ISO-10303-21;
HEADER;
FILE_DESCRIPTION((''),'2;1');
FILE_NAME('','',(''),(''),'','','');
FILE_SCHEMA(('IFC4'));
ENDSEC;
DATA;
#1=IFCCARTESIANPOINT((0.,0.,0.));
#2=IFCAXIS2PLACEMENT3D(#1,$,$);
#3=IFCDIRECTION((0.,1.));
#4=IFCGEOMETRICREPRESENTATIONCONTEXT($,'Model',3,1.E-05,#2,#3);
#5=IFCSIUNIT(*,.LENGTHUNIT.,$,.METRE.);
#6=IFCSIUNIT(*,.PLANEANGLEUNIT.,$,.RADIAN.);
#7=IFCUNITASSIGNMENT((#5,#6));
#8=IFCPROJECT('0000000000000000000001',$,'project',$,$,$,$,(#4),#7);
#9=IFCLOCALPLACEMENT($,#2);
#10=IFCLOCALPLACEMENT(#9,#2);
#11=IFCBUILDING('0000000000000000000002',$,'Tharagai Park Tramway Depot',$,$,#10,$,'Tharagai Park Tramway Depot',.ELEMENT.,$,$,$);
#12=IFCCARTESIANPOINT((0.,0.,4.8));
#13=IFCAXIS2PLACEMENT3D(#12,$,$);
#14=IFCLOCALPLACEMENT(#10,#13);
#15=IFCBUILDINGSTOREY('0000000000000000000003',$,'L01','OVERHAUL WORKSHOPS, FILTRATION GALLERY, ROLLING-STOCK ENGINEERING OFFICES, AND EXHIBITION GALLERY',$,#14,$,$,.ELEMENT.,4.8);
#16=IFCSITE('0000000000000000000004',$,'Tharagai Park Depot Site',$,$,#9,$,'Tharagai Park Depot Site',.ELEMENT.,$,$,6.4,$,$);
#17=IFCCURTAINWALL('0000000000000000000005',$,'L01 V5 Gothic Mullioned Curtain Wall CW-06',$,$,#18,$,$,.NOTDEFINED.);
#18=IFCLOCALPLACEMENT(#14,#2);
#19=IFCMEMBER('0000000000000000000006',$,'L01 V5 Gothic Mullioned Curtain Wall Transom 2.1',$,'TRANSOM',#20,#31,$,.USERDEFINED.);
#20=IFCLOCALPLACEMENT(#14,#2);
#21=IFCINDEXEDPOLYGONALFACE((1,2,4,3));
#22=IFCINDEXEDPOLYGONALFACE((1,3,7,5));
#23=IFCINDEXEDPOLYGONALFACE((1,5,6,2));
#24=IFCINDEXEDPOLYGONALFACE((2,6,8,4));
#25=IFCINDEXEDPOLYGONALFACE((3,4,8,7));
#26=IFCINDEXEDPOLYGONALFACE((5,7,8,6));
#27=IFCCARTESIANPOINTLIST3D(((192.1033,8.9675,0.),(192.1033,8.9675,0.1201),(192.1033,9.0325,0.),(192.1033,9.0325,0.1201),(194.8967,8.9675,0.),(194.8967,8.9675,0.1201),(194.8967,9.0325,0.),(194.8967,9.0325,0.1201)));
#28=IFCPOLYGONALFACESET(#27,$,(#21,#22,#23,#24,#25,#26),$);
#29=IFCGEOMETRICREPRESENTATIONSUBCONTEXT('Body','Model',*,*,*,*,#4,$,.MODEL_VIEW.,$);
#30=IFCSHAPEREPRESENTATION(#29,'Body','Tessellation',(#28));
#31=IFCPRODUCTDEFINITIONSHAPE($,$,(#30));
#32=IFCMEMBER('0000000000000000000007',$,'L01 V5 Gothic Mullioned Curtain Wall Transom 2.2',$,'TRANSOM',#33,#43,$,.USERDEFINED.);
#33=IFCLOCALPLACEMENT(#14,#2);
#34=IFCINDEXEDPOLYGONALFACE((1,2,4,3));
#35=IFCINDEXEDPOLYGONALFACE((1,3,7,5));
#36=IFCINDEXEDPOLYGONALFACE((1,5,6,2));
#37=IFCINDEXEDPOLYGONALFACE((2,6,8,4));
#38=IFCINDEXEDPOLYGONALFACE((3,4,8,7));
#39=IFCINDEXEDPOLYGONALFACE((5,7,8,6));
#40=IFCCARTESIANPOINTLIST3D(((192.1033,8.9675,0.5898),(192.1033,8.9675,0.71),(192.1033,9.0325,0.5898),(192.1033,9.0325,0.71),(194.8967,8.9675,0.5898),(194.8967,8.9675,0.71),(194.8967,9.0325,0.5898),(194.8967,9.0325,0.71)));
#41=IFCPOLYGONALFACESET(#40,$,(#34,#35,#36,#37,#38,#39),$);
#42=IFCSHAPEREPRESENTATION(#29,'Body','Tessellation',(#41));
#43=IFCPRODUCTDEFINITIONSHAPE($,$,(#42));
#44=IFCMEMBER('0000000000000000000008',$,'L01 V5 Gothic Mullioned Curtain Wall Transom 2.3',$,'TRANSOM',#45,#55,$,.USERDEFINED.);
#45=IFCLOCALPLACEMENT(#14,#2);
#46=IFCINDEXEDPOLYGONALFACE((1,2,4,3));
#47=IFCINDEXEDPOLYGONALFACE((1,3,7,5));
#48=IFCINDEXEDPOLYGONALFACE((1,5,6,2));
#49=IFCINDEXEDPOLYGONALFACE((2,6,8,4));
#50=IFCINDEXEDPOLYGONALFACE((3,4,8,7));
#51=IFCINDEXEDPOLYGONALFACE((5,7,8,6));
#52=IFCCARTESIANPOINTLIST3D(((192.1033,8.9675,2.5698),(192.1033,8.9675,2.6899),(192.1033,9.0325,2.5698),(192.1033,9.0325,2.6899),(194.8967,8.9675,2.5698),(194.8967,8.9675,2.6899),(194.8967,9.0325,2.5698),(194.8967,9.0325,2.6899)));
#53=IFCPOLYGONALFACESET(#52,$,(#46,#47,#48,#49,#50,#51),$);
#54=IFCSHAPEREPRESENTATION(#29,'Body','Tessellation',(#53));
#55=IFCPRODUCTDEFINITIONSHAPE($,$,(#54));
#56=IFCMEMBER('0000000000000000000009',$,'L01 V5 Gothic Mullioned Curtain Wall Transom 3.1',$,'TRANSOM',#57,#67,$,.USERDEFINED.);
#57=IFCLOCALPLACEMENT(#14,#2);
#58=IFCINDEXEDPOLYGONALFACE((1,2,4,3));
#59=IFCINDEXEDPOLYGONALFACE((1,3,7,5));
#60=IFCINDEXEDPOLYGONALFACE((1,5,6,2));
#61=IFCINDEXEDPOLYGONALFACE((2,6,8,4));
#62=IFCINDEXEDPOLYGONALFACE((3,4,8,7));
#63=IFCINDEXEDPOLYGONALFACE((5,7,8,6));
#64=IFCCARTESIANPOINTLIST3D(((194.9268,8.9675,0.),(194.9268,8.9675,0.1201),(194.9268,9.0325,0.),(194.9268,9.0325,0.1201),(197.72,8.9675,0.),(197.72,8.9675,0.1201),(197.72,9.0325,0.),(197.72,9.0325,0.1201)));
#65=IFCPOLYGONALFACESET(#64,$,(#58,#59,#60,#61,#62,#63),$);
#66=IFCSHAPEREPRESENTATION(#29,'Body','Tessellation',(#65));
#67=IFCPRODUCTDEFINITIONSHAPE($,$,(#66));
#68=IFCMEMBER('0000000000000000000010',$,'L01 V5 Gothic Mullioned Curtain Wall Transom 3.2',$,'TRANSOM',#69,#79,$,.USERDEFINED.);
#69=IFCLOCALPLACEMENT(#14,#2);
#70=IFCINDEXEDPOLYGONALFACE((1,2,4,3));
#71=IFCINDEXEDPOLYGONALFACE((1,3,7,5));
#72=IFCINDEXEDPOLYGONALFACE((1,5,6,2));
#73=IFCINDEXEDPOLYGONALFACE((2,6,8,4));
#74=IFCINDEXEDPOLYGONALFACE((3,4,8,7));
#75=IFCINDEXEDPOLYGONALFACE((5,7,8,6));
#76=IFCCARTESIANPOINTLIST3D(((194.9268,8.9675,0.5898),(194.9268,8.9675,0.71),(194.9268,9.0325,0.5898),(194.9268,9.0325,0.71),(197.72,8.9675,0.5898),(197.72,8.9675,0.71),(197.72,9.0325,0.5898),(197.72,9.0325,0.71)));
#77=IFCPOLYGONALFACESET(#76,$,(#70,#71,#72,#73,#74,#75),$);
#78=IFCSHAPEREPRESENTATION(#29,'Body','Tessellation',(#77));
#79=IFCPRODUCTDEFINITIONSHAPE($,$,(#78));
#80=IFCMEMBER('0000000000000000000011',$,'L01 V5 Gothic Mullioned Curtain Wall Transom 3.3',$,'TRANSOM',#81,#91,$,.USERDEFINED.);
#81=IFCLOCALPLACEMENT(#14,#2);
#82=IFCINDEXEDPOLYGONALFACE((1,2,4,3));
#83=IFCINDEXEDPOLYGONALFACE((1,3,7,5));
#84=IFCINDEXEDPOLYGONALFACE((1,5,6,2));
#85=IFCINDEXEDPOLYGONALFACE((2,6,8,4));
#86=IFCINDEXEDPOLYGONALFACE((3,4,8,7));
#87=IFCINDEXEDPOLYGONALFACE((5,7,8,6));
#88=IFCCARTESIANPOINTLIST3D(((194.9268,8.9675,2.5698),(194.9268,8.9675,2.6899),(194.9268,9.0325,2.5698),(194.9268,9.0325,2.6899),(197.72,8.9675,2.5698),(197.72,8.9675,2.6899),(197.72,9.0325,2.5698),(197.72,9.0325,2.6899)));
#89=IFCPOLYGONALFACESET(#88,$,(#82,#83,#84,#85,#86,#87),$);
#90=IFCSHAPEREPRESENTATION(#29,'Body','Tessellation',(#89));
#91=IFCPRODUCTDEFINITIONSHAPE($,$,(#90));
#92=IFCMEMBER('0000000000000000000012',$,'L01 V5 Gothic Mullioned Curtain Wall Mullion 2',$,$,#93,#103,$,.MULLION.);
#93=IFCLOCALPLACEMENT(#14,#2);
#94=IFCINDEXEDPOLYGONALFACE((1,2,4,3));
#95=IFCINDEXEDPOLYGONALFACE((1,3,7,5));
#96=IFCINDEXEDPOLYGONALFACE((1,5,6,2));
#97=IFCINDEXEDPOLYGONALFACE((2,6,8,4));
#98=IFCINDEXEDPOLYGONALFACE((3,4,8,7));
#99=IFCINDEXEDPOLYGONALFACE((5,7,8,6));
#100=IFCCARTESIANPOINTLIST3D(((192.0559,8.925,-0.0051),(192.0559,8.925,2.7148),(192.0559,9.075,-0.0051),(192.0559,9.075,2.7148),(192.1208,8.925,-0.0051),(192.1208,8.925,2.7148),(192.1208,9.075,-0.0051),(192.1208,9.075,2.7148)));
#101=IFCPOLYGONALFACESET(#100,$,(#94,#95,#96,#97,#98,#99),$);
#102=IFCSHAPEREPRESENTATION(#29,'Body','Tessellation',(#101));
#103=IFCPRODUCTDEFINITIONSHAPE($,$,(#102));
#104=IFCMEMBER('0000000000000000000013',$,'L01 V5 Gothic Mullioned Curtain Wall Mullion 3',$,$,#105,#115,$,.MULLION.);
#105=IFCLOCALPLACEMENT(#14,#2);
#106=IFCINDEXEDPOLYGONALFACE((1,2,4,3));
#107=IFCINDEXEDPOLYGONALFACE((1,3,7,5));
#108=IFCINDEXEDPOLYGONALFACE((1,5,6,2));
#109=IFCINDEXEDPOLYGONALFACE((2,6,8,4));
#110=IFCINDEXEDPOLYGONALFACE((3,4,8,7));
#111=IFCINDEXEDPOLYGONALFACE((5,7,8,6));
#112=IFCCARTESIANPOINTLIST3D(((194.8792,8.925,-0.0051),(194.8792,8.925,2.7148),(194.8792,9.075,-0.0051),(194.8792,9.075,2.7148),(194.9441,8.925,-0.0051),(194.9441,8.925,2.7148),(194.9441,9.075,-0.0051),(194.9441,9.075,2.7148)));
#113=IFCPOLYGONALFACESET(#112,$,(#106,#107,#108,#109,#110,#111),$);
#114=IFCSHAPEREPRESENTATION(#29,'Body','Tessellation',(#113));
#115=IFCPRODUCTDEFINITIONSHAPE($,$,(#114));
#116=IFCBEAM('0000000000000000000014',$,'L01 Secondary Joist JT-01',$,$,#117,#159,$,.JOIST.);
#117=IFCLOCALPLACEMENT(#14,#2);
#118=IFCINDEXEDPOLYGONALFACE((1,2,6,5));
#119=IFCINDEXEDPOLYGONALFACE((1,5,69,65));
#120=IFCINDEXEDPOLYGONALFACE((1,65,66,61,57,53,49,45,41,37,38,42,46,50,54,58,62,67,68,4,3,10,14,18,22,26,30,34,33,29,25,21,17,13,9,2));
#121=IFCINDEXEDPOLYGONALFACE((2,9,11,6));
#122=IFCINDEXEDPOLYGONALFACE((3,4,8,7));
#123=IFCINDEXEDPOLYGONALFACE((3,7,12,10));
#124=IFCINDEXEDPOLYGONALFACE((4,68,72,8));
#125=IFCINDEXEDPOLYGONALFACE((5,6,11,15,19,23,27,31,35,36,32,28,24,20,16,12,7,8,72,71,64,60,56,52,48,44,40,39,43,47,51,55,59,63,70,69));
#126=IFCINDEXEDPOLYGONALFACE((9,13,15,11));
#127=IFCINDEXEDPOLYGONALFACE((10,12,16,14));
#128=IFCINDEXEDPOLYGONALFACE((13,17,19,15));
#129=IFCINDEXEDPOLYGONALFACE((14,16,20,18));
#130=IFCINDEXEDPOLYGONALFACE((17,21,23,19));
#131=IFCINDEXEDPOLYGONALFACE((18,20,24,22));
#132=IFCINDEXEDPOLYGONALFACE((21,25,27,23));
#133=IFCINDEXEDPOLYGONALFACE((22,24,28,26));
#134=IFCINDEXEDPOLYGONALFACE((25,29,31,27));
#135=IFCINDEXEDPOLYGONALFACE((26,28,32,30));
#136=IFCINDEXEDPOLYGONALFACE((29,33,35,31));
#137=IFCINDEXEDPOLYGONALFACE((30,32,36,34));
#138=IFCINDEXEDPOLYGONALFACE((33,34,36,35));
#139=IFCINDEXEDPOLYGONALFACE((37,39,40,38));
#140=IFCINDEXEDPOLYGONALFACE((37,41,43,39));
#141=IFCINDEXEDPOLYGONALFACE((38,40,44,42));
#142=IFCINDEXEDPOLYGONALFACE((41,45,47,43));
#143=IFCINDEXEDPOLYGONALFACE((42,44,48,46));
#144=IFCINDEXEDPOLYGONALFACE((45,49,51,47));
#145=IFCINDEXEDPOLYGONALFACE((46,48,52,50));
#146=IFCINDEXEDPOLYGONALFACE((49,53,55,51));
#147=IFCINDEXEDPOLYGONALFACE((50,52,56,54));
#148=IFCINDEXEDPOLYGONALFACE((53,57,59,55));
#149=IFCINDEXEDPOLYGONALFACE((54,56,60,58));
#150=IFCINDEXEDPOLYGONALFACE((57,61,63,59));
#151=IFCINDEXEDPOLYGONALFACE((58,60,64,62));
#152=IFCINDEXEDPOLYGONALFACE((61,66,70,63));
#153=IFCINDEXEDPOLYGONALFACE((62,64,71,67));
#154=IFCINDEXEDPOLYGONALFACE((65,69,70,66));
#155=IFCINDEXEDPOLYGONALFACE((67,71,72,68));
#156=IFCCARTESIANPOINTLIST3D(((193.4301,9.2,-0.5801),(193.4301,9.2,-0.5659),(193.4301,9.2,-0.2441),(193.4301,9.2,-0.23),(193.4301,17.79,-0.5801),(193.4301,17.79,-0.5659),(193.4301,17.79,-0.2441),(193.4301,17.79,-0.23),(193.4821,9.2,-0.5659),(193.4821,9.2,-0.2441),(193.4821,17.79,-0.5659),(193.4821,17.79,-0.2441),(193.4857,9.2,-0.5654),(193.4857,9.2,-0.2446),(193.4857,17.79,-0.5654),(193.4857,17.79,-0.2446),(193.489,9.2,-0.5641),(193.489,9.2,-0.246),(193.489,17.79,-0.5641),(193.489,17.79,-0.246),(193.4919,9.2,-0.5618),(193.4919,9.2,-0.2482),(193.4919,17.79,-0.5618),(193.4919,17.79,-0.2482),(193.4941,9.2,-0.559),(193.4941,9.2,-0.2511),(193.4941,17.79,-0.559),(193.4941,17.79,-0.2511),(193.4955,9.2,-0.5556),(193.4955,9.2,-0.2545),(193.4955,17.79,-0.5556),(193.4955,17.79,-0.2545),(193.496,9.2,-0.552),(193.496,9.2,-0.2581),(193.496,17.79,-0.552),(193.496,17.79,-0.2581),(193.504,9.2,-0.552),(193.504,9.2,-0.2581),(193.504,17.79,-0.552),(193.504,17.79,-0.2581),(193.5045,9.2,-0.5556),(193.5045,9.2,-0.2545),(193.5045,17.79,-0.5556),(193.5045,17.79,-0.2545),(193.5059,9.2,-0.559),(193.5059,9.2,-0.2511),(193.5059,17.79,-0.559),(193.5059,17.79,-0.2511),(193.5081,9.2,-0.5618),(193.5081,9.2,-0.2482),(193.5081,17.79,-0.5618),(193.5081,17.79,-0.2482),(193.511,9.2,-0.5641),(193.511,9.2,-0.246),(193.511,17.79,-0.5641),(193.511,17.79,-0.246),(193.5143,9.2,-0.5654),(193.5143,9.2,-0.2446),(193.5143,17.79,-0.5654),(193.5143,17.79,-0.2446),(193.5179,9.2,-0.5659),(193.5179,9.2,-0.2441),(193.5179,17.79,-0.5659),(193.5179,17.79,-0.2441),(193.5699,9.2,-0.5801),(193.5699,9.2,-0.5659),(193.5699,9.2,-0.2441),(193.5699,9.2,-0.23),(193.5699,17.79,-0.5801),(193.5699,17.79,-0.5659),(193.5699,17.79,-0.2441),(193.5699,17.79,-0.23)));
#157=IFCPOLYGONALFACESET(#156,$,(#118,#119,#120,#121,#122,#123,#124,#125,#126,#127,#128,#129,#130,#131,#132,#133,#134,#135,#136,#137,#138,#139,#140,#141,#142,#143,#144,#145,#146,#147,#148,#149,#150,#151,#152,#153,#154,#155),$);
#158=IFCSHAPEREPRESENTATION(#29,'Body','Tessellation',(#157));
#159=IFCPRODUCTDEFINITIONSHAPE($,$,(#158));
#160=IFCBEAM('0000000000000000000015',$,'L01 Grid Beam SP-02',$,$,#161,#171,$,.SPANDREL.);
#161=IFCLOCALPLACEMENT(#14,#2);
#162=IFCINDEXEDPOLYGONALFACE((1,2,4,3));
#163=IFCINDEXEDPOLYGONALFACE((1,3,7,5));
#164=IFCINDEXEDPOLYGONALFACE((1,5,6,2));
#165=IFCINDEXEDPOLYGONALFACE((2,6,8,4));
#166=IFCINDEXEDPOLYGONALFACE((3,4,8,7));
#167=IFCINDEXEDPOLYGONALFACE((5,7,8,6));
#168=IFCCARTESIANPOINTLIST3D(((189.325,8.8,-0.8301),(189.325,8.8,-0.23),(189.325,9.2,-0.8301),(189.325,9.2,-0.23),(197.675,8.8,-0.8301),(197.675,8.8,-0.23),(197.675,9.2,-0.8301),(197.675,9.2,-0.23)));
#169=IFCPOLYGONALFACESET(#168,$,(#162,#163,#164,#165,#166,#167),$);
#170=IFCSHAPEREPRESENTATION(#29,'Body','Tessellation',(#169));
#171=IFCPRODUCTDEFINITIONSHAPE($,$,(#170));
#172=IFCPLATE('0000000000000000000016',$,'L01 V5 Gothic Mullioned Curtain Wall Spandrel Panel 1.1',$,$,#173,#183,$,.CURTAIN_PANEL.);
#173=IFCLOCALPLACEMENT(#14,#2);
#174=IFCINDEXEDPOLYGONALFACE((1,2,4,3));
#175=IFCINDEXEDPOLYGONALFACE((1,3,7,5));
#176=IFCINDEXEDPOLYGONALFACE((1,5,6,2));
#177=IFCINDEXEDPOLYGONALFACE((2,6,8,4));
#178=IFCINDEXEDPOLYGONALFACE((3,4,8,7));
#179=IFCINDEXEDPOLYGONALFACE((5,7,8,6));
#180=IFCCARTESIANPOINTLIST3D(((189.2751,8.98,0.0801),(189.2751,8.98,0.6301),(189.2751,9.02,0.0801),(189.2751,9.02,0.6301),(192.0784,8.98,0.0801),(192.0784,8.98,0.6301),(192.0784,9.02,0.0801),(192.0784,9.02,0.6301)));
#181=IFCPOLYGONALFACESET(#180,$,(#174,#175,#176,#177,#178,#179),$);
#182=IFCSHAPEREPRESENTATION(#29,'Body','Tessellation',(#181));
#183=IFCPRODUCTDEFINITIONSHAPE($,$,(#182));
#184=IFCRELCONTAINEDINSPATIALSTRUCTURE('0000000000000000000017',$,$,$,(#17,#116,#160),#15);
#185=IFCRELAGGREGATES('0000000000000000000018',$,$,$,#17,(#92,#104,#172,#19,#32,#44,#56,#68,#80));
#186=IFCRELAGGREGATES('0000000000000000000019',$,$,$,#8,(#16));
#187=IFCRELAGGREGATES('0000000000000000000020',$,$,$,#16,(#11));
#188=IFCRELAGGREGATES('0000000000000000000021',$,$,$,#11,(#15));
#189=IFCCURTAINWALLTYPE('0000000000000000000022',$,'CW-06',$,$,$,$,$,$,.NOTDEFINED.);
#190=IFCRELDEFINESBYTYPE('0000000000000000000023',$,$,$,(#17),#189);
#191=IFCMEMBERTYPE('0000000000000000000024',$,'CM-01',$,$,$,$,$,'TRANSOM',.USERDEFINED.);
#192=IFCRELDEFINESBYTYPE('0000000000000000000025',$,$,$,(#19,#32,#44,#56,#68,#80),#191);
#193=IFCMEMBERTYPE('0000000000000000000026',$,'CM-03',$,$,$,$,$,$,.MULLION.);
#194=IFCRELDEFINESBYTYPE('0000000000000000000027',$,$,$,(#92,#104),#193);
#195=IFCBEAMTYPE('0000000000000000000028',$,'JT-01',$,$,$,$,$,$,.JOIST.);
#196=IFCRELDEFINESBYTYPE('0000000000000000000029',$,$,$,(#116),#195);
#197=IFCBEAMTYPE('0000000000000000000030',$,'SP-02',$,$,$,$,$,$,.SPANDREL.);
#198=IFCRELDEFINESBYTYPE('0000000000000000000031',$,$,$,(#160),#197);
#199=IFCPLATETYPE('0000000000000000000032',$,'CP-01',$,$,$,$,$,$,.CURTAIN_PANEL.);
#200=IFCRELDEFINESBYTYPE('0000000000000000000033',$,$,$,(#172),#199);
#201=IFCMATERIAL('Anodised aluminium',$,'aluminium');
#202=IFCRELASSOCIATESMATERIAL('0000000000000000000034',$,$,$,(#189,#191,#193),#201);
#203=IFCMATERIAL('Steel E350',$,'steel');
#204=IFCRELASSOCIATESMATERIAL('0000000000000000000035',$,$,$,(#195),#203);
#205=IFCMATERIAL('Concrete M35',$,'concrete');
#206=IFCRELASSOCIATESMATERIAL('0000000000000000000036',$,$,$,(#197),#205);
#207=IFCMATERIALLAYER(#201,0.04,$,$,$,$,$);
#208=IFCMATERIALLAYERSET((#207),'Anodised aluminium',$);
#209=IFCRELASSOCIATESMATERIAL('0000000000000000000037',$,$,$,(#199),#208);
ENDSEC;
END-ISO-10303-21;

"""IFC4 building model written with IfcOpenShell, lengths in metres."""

from ifc_helpers import new_model, si_unit, direction, frame, origin, origin_2d, place, context, subcontext, project, spatial, rectangle, i_section, extrude, material, layer, layer_set, material_profile, profile_set, type_object, element, aggregate, save


model = new_model("IFC4")

# Units and contexts
model_context = context("Model", 3, precision=1e-05, world=origin(), true_north=direction((0.0, 1.0)))
body_context = subcontext(model_context, "Body", "Model", "MODEL_VIEW")
ifc_project = project(units=[si_unit("LENGTHUNIT", "METRE"), si_unit("PLANEANGLEUNIT", "RADIAN")], contexts=[model_context])

# Site, building, storey
site_placement = place(None, origin())
site = spatial("IfcSite", under=ifc_project, at=site_placement, Name="Tharagai Park Depot Site", LongName="Tharagai Park Depot Site", CompositionType="ELEMENT", RefElevation=6.4)
building_placement = place(site_placement, origin())
building = spatial("IfcBuilding", under=site, at=building_placement, Name="Tharagai Park Tramway Depot", LongName="Tharagai Park Tramway Depot", CompositionType="ELEMENT")
storey_placement = place(building_placement, frame((0.0, 0.0, 4.8)))
storey = spatial("IfcBuildingStorey", under=building, at=storey_placement, Name="L01", Description="OVERHAUL WORKSHOPS, FILTRATION GALLERY, ROLLING-STOCK ENGINEERING OFFICES, AND EXHIBITION GALLERY", CompositionType="ELEMENT", Elevation=4.8)

# Curtain wall, members
ifc_material_1 = material(Name="Anodised aluminium", Category="aluminium")
curtain_wall_type = type_object("IfcCurtainWallType", Name="CW-06", PredefinedType="NOTDEFINED", material=ifc_material_1)
curtain_wall_placement = place(storey_placement, origin())
curtain_wall = element("IfcCurtainWall", 1, at=curtain_wall_placement, inside=storey, type_object=curtain_wall_type, Name="L01 V5 Gothic Mullioned Curtain Wall CW-06", PredefinedType="NOTDEFINED")
ifc_material_profile_1 = material_profile(ifc_material_1, rectangle(XDim=0.0649, YDim=0.1201, at=origin_2d()), Name="ALU 65x120")
ifc_profile_set_1 = profile_set([ifc_material_profile_1], Name="Anodised aluminium")
member_type_1 = type_object("IfcMemberType", Name="CM-01", ElementType="TRANSOM", PredefinedType="USERDEFINED", material=ifc_profile_set_1)
member_1_placement = place(storey_placement, frame((192.1033, 9.0, 0.0601), z_axis=(1.0, 0.0, 0.0), x_axis=(0.0, 1.0, 0.0)))
member_1 = element("IfcMember", 2, at=member_1_placement, type_object=member_type_1, Name="L01 V5 Gothic Mullioned Curtain Wall Transom 2.1", ObjectType="TRANSOM", PredefinedType="USERDEFINED", context=body_context, shape_type="SweptSolid", body=[
    extrude(rectangle(XDim=0.0649, YDim=0.1201, at=origin_2d()), origin(), (0.0, 0.0, 1.0), 2.7935),
])
member_2_placement = place(storey_placement, frame((192.1033, 9.0, 0.6499), z_axis=(1.0, 0.0, 0.0), x_axis=(0.0, 1.0, 0.0)))
member_2 = element("IfcMember", 3, at=member_2_placement, type_object=member_type_1, Name="L01 V5 Gothic Mullioned Curtain Wall Transom 2.2", ObjectType="TRANSOM", PredefinedType="USERDEFINED", context=body_context, shape_type="SweptSolid", body=[
    extrude(rectangle(XDim=0.0649, YDim=0.1201, at=origin_2d()), origin(), (0.0, 0.0, 1.0), 2.7935),
])
member_3_placement = place(storey_placement, frame((192.1033, 9.0, 2.6299), z_axis=(1.0, 0.0, 0.0), x_axis=(0.0, 1.0, 0.0)))
member_3 = element("IfcMember", 4, at=member_3_placement, type_object=member_type_1, Name="L01 V5 Gothic Mullioned Curtain Wall Transom 2.3", ObjectType="TRANSOM", PredefinedType="USERDEFINED", context=body_context, shape_type="SweptSolid", body=[
    extrude(rectangle(XDim=0.0649, YDim=0.1201, at=origin_2d()), origin(), (0.0, 0.0, 1.0), 2.7935),
])
member_4_placement = place(storey_placement, frame((194.9268, 9.0, 0.0601), z_axis=(1.0, 0.0, 0.0), x_axis=(0.0, 1.0, 0.0)))
member_4 = element("IfcMember", 5, at=member_4_placement, type_object=member_type_1, Name="L01 V5 Gothic Mullioned Curtain Wall Transom 3.1", ObjectType="TRANSOM", PredefinedType="USERDEFINED", context=body_context, shape_type="SweptSolid", body=[
    extrude(rectangle(XDim=0.0649, YDim=0.1201, at=origin_2d()), origin(), (0.0, 0.0, 1.0), 2.7932),
])
member_5_placement = place(storey_placement, frame((194.9268, 9.0, 0.6499), z_axis=(1.0, 0.0, 0.0), x_axis=(0.0, 1.0, 0.0)))
member_5 = element("IfcMember", 6, at=member_5_placement, type_object=member_type_1, Name="L01 V5 Gothic Mullioned Curtain Wall Transom 3.2", ObjectType="TRANSOM", PredefinedType="USERDEFINED", context=body_context, shape_type="SweptSolid", body=[
    extrude(rectangle(XDim=0.0649, YDim=0.1201, at=origin_2d()), origin(), (0.0, 0.0, 1.0), 2.7932),
])
member_6_placement = place(storey_placement, frame((194.9268, 9.0, 2.6299), z_axis=(1.0, 0.0, 0.0), x_axis=(0.0, 1.0, 0.0)))
member_6 = element("IfcMember", 7, at=member_6_placement, type_object=member_type_1, Name="L01 V5 Gothic Mullioned Curtain Wall Transom 3.3", ObjectType="TRANSOM", PredefinedType="USERDEFINED", context=body_context, shape_type="SweptSolid", body=[
    extrude(rectangle(XDim=0.0649, YDim=0.1201, at=origin_2d()), origin(), (0.0, 0.0, 1.0), 2.7932),
])
ifc_material_profile_2 = material_profile(ifc_material_1, rectangle(XDim=0.0649, YDim=0.1499, at=origin_2d()), Name="ALU 65x150")
ifc_profile_set_2 = profile_set([ifc_material_profile_2], Name="Anodised aluminium")
member_type_2 = type_object("IfcMemberType", Name="CM-03", PredefinedType="MULLION", material=ifc_profile_set_2)
member_7_placement = place(storey_placement, frame((192.0884, 9.0, -0.0051), z_axis=(0.0, 0.0, 1.0), x_axis=(1.0, 0.0, 0.0)))
member_7 = element("IfcMember", 8, at=member_7_placement, type_object=member_type_2, Name="L01 V5 Gothic Mullioned Curtain Wall Mullion 2", PredefinedType="MULLION", context=body_context, shape_type="SweptSolid", body=[
    extrude(rectangle(XDim=0.0649, YDim=0.1499, at=origin_2d()), origin(), (0.0, 0.0, 1.0), 2.72),
])
member_8_placement = place(storey_placement, frame((194.9116, 9.0, -0.0051), z_axis=(0.0, 0.0, 1.0), x_axis=(1.0, 0.0, 0.0)))
member_8 = element("IfcMember", 9, at=member_8_placement, type_object=member_type_2, Name="L01 V5 Gothic Mullioned Curtain Wall Mullion 3", PredefinedType="MULLION", context=body_context, shape_type="SweptSolid", body=[
    extrude(rectangle(XDim=0.0649, YDim=0.1499, at=origin_2d()), origin(), (0.0, 0.0, 1.0), 2.72),
])

# Beams
ifc_material_2 = material(Name="Steel E350", Category="steel")
ifc_material_profile_3 = material_profile(ifc_material_2, i_section(OverallWidth=0.1399, OverallDepth=0.3501, WebThickness=0.0081, FlangeThickness=0.0142, FilletRadius=0.0139, at=origin_2d()), Name="ISMB 350")
ifc_profile_set_3 = profile_set([ifc_material_profile_3], Name="Steel E350")
beam_type_1 = type_object("IfcBeamType", Name="JT-01", PredefinedType="JOIST", material=ifc_profile_set_3)
beam_1_placement = place(storey_placement, frame((193.5, 9.2, -0.405), z_axis=(0.0, 1.0, 0.0), x_axis=(-1.0, 0.0, 0.0)))
element("IfcBeam", 10, at=beam_1_placement, inside=storey, type_object=beam_type_1, Name="L01 Secondary Joist JT-01", PredefinedType="JOIST", context=body_context, shape_type="SweptSolid", body=[
    extrude(i_section(OverallWidth=0.1399, OverallDepth=0.3501, WebThickness=0.0081, FlangeThickness=0.0142, FilletRadius=0.0139, at=origin_2d()), origin(), (0.0, 0.0, 1.0), 8.5901),
])
ifc_material_3 = material(Name="Concrete M35", Category="concrete")
ifc_material_profile_4 = material_profile(ifc_material_3, rectangle(XDim=0.3999, YDim=0.6001, at=origin_2d()), Name="RC 400x600")
ifc_profile_set_4 = profile_set([ifc_material_profile_4], Name="Concrete M35")
beam_type_2 = type_object("IfcBeamType", Name="SP-02", PredefinedType="SPANDREL", material=ifc_profile_set_4)
beam_2_placement = place(storey_placement, frame((189.325, 9.0, -0.53), z_axis=(1.0, 0.0, 0.0), x_axis=(0.0, 1.0, 0.0)))
element("IfcBeam", 11, at=beam_2_placement, inside=storey, type_object=beam_type_2, Name="L01 Grid Beam SP-02", PredefinedType="SPANDREL", context=body_context, shape_type="SweptSolid", body=[
    extrude(rectangle(XDim=0.3999, YDim=0.6001, at=origin_2d()), origin(), (0.0, 0.0, 1.0), 8.3501),
])

# Plate
ifc_layer_1 = layer(ifc_material_1, 0.04)
ifc_layer_set_1 = layer_set([ifc_layer_1], Name="Anodised aluminium")
plate_type_1 = type_object("IfcPlateType", Name="CP-01", PredefinedType="CURTAIN_PANEL", material=ifc_layer_set_1)
plate_1_placement = place(storey_placement, frame((190.6768, 9.0, 0.0801), z_axis=(0.0, 0.0, 1.0), x_axis=(1.0, 0.0, 0.0)))
plate_1 = element("IfcPlate", 12, at=plate_1_placement, type_object=plate_type_1, Name="L01 V5 Gothic Mullioned Curtain Wall Spandrel Panel 1.1", PredefinedType="CURTAIN_PANEL", context=body_context, shape_type="SweptSolid", body=[
    extrude(rectangle(XDim=2.8032, YDim=0.04, at=origin_2d()), origin(), (0.0, 0.0, 1.0), 0.55),
])
aggregate(curtain_wall, [member_7, member_8, plate_1, member_1, member_2, member_3, member_4, member_5, member_6])

save(model, "model.ifc")
